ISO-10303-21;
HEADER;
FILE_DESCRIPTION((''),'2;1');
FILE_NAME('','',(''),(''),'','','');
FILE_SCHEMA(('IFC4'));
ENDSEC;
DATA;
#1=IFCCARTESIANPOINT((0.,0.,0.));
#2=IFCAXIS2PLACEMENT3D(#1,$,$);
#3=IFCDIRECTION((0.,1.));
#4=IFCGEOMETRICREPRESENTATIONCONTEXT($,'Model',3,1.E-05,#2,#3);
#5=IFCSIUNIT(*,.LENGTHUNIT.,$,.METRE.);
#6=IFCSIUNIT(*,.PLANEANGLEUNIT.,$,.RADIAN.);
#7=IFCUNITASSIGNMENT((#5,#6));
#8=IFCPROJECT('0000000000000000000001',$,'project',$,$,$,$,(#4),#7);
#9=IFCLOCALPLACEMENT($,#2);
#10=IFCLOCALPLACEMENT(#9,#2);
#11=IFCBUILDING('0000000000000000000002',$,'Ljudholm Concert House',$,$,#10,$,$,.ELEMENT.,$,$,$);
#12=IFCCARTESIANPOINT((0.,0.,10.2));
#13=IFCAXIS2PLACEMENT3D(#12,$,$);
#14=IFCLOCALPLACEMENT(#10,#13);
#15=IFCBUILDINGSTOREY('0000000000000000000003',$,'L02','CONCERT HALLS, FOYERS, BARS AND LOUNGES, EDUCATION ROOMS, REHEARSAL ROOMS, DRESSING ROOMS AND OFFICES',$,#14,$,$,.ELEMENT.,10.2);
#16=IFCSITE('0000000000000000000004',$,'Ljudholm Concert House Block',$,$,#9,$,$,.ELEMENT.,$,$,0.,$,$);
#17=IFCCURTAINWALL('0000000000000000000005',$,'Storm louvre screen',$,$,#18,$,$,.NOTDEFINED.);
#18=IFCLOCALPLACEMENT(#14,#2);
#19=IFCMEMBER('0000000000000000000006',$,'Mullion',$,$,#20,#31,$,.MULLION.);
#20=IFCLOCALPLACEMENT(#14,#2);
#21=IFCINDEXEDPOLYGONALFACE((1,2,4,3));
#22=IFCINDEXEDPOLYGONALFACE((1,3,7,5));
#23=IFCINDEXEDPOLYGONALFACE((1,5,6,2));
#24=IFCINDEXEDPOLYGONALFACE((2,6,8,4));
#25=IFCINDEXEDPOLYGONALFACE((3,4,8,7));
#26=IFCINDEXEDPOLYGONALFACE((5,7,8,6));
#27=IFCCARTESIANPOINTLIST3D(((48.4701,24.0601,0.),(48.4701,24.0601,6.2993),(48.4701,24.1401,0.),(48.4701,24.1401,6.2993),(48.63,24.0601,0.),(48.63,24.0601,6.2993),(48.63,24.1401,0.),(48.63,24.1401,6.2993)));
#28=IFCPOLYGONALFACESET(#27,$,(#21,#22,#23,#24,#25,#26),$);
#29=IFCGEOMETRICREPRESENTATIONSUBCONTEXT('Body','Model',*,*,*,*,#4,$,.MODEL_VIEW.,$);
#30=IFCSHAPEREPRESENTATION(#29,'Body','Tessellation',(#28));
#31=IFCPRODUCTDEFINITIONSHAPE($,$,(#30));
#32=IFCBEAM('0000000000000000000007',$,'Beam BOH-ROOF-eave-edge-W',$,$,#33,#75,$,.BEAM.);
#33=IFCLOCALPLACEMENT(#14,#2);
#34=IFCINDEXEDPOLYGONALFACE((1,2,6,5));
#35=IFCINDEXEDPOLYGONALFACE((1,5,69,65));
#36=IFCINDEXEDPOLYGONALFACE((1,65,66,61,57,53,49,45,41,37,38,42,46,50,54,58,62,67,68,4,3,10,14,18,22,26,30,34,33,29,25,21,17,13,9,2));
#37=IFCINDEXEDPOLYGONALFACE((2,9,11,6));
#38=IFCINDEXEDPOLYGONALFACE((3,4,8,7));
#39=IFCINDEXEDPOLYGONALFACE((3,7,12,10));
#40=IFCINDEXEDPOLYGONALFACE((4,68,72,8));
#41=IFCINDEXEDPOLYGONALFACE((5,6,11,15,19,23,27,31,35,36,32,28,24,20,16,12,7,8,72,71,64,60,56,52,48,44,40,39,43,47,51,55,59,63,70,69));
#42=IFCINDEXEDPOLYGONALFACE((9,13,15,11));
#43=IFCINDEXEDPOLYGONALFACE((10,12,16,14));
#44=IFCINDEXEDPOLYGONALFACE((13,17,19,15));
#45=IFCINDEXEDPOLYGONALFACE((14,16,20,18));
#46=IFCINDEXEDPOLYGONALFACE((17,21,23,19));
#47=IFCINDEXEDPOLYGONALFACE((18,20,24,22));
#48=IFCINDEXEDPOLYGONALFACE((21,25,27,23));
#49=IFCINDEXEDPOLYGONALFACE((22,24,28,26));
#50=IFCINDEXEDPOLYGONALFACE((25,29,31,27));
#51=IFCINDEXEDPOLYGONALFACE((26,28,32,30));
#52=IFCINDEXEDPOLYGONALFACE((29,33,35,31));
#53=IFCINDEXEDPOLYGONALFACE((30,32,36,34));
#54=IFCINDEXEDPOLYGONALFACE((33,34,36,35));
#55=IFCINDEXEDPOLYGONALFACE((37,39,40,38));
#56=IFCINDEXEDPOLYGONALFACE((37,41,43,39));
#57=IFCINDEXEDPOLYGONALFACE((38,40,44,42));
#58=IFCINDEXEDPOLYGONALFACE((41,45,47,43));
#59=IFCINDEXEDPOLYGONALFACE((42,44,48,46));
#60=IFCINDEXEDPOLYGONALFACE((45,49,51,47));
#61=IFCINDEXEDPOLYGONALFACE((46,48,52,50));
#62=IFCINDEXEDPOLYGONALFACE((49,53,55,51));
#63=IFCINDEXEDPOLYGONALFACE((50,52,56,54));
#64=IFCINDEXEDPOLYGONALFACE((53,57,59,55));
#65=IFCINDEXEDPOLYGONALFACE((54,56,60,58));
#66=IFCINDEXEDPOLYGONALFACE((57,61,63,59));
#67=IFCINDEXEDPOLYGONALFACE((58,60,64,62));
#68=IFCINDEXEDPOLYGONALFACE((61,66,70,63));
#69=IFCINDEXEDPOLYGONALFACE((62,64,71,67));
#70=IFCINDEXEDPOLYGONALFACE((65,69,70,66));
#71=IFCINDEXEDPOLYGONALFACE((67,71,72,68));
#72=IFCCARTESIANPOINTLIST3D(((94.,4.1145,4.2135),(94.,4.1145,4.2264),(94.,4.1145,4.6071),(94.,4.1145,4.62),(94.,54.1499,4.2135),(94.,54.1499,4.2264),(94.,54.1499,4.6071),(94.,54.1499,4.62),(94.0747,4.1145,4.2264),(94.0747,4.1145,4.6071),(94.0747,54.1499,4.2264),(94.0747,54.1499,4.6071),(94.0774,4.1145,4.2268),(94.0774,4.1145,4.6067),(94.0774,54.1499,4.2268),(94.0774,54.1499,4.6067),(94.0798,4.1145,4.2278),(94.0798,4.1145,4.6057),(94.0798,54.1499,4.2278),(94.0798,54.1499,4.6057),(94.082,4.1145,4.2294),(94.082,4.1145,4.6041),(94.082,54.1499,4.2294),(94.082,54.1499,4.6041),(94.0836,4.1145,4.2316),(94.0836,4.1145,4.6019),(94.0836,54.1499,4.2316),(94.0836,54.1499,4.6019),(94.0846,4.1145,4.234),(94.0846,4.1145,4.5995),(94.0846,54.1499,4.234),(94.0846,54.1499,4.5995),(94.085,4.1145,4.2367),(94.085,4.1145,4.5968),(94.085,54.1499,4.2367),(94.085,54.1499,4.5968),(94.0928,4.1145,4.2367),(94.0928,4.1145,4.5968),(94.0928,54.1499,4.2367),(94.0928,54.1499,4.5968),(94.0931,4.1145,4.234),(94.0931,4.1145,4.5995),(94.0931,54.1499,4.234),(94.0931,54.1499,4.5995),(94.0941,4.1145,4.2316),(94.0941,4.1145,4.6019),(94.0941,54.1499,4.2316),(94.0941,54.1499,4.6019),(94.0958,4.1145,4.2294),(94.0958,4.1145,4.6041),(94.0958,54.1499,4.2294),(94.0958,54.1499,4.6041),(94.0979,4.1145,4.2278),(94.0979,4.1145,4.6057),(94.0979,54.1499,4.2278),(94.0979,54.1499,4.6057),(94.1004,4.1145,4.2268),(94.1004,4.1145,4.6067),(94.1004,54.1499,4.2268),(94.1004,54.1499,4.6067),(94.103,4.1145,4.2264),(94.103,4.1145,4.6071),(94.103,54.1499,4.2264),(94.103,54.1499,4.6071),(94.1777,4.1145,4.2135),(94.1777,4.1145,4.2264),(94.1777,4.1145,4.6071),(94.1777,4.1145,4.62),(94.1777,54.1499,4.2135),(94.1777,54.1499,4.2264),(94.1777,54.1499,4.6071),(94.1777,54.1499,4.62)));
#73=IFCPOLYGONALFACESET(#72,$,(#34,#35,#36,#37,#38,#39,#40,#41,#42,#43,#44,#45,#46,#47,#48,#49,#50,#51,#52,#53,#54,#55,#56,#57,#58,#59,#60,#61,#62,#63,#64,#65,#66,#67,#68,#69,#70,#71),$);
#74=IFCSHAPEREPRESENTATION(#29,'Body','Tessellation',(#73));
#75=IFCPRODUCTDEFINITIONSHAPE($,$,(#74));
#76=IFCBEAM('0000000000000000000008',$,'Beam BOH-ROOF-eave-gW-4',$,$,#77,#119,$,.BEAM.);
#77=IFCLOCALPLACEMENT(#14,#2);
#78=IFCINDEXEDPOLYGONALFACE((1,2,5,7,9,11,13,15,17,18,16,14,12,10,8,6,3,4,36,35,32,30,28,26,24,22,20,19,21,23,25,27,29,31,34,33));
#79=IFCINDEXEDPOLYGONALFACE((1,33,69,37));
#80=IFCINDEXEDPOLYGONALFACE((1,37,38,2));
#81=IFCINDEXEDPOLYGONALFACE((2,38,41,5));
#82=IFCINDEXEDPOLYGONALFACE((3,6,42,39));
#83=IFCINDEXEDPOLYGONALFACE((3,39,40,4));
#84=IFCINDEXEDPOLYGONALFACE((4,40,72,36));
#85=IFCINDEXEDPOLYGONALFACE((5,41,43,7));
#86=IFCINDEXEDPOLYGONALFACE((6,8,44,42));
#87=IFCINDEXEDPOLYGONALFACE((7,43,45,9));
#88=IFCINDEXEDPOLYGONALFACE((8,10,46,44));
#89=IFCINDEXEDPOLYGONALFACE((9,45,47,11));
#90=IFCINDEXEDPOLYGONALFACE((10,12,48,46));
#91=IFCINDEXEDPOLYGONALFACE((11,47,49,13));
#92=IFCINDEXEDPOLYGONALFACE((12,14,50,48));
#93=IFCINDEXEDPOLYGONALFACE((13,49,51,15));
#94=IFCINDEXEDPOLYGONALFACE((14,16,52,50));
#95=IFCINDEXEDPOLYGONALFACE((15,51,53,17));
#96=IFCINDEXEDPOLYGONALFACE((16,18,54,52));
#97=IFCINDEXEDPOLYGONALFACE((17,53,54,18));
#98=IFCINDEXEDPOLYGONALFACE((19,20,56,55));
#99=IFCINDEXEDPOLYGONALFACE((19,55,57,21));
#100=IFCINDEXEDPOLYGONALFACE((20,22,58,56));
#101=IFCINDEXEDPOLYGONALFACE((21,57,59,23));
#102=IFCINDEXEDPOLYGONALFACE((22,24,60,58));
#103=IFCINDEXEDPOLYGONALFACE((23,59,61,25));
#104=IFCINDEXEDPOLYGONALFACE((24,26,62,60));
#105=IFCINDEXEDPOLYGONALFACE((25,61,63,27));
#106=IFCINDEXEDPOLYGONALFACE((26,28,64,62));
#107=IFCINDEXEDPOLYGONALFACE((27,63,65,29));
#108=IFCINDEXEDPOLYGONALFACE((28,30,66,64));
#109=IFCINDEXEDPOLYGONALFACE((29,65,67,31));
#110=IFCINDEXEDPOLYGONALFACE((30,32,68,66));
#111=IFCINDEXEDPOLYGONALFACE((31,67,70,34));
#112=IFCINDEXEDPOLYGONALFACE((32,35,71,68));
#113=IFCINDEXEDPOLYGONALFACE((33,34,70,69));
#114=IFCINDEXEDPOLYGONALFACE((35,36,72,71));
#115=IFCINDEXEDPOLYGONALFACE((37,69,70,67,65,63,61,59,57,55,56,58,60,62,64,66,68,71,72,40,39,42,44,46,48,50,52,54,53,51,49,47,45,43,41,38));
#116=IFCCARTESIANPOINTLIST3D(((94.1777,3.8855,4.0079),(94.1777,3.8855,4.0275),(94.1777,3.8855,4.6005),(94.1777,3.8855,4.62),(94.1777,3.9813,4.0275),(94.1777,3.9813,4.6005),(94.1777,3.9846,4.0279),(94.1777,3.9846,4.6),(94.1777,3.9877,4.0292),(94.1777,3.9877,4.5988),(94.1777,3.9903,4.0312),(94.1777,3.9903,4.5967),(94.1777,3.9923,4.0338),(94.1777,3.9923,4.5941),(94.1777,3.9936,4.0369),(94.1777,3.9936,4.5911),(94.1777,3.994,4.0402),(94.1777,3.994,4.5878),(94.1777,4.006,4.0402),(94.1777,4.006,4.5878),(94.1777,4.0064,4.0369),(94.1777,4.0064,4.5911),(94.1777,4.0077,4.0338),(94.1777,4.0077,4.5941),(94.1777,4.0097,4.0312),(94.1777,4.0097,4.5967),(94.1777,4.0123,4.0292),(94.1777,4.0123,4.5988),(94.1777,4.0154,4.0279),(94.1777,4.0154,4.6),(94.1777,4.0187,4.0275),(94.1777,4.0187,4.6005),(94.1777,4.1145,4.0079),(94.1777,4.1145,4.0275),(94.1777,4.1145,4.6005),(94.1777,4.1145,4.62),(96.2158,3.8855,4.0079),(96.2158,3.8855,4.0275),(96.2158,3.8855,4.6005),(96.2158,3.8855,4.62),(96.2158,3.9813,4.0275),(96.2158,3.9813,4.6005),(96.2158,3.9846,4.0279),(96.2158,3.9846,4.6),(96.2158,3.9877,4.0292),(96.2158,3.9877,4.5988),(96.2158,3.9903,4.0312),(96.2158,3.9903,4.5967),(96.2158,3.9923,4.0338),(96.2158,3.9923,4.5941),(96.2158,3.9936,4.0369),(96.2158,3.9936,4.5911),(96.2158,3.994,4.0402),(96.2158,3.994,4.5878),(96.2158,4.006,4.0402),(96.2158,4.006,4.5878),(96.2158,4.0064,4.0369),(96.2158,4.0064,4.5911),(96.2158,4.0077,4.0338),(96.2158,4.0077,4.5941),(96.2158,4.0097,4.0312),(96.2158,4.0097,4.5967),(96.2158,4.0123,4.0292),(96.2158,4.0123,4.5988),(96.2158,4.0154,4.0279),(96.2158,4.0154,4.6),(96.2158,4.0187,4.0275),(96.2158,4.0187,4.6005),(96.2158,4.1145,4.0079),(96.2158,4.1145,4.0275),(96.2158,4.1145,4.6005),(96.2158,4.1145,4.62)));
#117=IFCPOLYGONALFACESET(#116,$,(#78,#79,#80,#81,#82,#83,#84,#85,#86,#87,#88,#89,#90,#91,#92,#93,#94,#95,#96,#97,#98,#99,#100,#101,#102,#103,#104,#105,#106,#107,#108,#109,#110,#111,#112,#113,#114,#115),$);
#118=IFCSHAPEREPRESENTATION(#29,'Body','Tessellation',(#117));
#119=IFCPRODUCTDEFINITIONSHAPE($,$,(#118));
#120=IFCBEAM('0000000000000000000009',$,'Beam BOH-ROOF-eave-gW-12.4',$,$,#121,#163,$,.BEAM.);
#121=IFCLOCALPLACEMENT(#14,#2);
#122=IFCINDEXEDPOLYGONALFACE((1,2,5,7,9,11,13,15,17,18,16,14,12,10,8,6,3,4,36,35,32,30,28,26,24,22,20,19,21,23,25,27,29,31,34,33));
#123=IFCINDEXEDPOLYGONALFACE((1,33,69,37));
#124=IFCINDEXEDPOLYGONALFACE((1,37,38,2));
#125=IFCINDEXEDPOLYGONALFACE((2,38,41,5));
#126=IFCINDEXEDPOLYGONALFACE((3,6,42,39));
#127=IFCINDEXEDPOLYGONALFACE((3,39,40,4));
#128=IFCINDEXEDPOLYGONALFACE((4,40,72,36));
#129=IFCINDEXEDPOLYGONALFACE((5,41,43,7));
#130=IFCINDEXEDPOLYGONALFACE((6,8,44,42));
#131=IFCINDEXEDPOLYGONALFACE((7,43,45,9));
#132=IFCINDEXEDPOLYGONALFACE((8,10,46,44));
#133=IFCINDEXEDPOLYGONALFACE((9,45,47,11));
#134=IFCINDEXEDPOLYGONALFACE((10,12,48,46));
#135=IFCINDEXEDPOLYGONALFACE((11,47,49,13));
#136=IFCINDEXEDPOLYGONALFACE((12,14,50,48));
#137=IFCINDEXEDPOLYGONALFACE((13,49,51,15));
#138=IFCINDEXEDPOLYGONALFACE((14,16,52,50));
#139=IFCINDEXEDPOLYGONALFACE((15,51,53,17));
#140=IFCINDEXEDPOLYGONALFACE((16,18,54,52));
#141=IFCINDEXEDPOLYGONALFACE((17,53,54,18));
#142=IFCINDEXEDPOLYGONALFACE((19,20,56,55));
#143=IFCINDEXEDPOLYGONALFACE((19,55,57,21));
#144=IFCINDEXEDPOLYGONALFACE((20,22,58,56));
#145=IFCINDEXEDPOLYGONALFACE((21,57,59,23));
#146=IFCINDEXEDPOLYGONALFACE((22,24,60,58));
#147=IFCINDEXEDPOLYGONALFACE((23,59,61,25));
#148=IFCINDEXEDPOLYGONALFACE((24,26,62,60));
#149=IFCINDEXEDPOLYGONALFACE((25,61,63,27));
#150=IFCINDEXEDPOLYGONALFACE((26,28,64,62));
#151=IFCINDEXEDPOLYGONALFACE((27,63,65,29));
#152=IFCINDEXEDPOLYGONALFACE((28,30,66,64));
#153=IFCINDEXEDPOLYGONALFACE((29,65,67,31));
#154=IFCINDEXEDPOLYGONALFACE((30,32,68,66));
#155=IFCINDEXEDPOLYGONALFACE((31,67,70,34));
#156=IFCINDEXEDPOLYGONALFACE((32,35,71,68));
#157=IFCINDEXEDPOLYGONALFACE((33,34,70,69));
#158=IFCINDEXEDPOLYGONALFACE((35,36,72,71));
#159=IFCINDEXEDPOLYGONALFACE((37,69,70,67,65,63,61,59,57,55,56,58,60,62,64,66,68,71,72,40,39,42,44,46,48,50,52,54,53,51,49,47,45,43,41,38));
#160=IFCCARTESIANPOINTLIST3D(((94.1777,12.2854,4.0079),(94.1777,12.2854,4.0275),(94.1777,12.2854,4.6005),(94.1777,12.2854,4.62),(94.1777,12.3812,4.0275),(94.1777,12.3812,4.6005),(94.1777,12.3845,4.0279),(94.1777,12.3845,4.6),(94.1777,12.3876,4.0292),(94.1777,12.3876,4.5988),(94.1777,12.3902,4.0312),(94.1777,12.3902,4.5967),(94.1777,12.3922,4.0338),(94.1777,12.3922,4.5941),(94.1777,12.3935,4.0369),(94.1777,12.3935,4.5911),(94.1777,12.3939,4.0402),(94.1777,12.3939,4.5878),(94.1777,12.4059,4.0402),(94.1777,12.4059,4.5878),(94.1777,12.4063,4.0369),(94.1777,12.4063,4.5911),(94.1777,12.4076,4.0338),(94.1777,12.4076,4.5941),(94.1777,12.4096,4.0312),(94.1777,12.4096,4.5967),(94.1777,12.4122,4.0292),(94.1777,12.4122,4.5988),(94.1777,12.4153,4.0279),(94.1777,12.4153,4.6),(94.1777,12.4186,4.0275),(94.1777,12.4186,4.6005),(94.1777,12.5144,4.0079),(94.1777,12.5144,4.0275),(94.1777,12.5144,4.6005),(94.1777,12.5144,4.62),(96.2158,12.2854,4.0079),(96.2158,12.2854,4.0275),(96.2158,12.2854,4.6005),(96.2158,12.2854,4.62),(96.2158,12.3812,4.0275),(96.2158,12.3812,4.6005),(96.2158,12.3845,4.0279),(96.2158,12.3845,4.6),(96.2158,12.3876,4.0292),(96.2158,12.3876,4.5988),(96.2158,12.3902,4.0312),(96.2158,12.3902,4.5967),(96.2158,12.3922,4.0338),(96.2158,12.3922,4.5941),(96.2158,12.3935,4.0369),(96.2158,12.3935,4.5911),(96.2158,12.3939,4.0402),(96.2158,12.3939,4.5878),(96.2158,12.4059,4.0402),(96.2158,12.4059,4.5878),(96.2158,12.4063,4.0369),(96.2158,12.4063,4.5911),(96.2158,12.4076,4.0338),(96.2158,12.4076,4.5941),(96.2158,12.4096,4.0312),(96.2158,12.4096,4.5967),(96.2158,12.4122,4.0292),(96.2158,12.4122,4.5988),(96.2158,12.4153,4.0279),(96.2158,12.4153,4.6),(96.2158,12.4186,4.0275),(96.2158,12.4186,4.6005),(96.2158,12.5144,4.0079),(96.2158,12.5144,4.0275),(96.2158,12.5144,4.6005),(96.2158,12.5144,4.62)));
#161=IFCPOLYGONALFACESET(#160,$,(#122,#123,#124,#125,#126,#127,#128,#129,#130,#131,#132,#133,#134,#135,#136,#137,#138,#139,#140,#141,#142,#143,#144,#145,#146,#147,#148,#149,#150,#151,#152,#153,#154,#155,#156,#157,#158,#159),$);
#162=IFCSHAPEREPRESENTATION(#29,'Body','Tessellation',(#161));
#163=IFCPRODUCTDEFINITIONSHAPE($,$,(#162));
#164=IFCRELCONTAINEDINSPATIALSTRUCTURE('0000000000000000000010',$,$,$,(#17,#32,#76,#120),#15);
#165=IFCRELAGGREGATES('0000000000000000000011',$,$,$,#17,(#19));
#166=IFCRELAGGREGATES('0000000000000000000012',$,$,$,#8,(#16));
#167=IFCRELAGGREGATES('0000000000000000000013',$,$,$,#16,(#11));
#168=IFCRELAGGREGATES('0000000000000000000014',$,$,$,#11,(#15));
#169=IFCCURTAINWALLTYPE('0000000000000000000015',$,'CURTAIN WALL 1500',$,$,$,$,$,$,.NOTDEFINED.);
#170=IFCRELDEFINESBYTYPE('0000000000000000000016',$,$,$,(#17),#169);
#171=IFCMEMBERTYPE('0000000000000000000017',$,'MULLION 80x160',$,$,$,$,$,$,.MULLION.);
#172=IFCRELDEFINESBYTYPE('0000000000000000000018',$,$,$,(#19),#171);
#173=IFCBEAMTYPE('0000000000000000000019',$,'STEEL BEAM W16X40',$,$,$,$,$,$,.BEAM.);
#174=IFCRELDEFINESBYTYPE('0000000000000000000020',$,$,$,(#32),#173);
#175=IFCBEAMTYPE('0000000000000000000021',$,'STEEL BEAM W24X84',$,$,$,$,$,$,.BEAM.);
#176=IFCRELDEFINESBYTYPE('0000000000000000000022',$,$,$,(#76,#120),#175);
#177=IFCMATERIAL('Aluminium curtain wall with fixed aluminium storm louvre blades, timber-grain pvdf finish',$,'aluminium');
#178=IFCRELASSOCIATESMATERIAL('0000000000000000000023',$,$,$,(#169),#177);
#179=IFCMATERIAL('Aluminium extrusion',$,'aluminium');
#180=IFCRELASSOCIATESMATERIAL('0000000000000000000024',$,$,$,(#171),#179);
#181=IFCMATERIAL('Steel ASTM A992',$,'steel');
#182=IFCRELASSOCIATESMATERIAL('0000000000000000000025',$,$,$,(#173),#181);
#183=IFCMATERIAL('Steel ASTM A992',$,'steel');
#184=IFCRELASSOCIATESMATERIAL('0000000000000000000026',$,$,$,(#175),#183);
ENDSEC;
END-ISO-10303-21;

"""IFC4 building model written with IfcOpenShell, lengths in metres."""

from ifc_helpers import new_model, si_unit, direction, frame, origin, origin_2d, place, context, subcontext, project, spatial, rectangle, i_section, extrude, material, material_profile, profile_set, type_object, element, aggregate, save


model = new_model("IFC4")

# Units and contexts
model_context = context("Model", 3, precision=1e-05, world=origin(), true_north=direction((0.0, 1.0)))
body_context = subcontext(model_context, "Body", "Model", "MODEL_VIEW")
ifc_project = project(units=[si_unit("LENGTHUNIT", "METRE"), si_unit("PLANEANGLEUNIT", "RADIAN")], contexts=[model_context])

# Site, building, storey
site_placement = place(None, origin())
site = spatial("IfcSite", under=ifc_project, at=site_placement, Name="Ljudholm Concert House Block", CompositionType="ELEMENT", RefElevation=0.0)
building_placement = place(site_placement, origin())
building = spatial("IfcBuilding", under=site, at=building_placement, Name="Ljudholm Concert House", CompositionType="ELEMENT")
storey_placement = place(building_placement, frame((0.0, 0.0, 10.2)))
storey = spatial("IfcBuildingStorey", under=building, at=storey_placement, Name="L02", Description="CONCERT HALLS, FOYERS, BARS AND LOUNGES, EDUCATION ROOMS, REHEARSAL ROOMS, DRESSING ROOMS AND OFFICES", CompositionType="ELEMENT", Elevation=10.2)

# Curtain wall, member
ifc_material_1 = material(Name="Aluminium curtain wall with fixed aluminium storm louvre blades, timber-grain pvdf finish", Category="aluminium")
curtain_wall_type = type_object("IfcCurtainWallType", Name="CURTAIN WALL 1500", PredefinedType="NOTDEFINED", material=ifc_material_1)
curtain_wall_placement = place(storey_placement, origin())
curtain_wall = element("IfcCurtainWall", 1, at=curtain_wall_placement, inside=storey, type_object=curtain_wall_type, Name="Storm louvre screen", PredefinedType="NOTDEFINED")
ifc_material_2 = material(Name="Aluminium extrusion", Category="aluminium")
ifc_material_profile_1 = material_profile(ifc_material_2, rectangle(XDim=0.1599, YDim=0.0801, at=origin_2d()), Name="MULLION 80x160")
ifc_profile_set_1 = profile_set([ifc_material_profile_1], Name="Aluminium extrusion")
member_type_1 = type_object("IfcMemberType", Name="MULLION 80x160", PredefinedType="MULLION", material=ifc_profile_set_1)
member_1_placement = place(storey_placement, frame((48.55, 24.1001, 0.0), z_axis=(0.0, 0.0, 1.0), x_axis=(-1.0, 0.0, 0.0)))
member_1 = element("IfcMember", 2, at=member_1_placement, type_object=member_type_1, Name="Mullion", PredefinedType="MULLION", context=body_context, shape_type="SweptSolid", body=[
    extrude(rectangle(XDim=0.1599, YDim=0.0801, at=origin_2d()), origin(), (0.0, 0.0, 1.0), 6.2993),
])

# Beams
ifc_material_3 = material(Name="Steel ASTM A992", Category="steel")
ifc_material_profile_2 = material_profile(ifc_material_3, i_section(OverallWidth=0.1777, OverallDepth=0.4065, WebThickness=0.0078, FlangeThickness=0.0129, FilletRadius=0.0103, at=origin_2d()), Name="W16X40")
ifc_profile_set_2 = profile_set([ifc_material_profile_2], Name="Steel ASTM A992")
beam_type_1 = type_object("IfcBeamType", Name="STEEL BEAM W16X40", PredefinedType="BEAM", material=ifc_profile_set_2)
beam_placement = place(storey_placement, frame((94.0889, 4.1145, 4.4167), z_axis=(0.0, 1.0, 0.0), x_axis=(-1.0, 0.0, 0.0)))
element("IfcBeam", 3, at=beam_placement, inside=storey, type_object=beam_type_1, Name="Beam BOH-ROOF-eave-edge-W", PredefinedType="BEAM", context=body_context, shape_type="SweptSolid", body=[
    extrude(i_section(OverallWidth=0.1777, OverallDepth=0.4065, WebThickness=0.0078, FlangeThickness=0.0129, FilletRadius=0.0103, at=origin_2d()), origin(), (0.0, 0.0, 1.0), 50.0354),
])
ifc_material_4 = material(Name="Steel ASTM A992", Category="steel")
ifc_material_profile_3 = material_profile(ifc_material_4, i_section(OverallWidth=0.229, OverallDepth=0.6121, WebThickness=0.012, FlangeThickness=0.0195, FilletRadius=0.0127, at=origin_2d()), Name="W24X84")
ifc_profile_set_3 = profile_set([ifc_material_profile_3], Name="Steel ASTM A992")
beam_type_2 = type_object("IfcBeamType", Name="STEEL BEAM W24X84", PredefinedType="BEAM", material=ifc_profile_set_3)
for number, where, z_axis, x_axis, name in (
    (4, (96.2158, 4.0, 4.314), (-1.0, 0.0, 0.0), (0.0, -1.0, 0.0), "Beam BOH-ROOF-eave-gW-4"),
    (5, (96.2158, 12.3999, 4.314), (-1.0, 0.0, 0.0), (0.0, -1.0, 0.0), "Beam BOH-ROOF-eave-gW-12.4"),
):
    element("IfcBeam", number, at=place(storey_placement, frame(where, z_axis=z_axis, x_axis=x_axis)), inside=storey, type_object=beam_type_2, Name=name, PredefinedType="BEAM", context=body_context, shape_type="SweptSolid", body=[
        extrude(i_section(OverallWidth=0.229, OverallDepth=0.6121, WebThickness=0.012, FlangeThickness=0.0195, FilletRadius=0.0127, at=origin_2d()), origin(), (0.0, 0.0, 1.0), 2.0381),
    ])

aggregate(curtain_wall, [member_1])

save(model, "model.ifc")
